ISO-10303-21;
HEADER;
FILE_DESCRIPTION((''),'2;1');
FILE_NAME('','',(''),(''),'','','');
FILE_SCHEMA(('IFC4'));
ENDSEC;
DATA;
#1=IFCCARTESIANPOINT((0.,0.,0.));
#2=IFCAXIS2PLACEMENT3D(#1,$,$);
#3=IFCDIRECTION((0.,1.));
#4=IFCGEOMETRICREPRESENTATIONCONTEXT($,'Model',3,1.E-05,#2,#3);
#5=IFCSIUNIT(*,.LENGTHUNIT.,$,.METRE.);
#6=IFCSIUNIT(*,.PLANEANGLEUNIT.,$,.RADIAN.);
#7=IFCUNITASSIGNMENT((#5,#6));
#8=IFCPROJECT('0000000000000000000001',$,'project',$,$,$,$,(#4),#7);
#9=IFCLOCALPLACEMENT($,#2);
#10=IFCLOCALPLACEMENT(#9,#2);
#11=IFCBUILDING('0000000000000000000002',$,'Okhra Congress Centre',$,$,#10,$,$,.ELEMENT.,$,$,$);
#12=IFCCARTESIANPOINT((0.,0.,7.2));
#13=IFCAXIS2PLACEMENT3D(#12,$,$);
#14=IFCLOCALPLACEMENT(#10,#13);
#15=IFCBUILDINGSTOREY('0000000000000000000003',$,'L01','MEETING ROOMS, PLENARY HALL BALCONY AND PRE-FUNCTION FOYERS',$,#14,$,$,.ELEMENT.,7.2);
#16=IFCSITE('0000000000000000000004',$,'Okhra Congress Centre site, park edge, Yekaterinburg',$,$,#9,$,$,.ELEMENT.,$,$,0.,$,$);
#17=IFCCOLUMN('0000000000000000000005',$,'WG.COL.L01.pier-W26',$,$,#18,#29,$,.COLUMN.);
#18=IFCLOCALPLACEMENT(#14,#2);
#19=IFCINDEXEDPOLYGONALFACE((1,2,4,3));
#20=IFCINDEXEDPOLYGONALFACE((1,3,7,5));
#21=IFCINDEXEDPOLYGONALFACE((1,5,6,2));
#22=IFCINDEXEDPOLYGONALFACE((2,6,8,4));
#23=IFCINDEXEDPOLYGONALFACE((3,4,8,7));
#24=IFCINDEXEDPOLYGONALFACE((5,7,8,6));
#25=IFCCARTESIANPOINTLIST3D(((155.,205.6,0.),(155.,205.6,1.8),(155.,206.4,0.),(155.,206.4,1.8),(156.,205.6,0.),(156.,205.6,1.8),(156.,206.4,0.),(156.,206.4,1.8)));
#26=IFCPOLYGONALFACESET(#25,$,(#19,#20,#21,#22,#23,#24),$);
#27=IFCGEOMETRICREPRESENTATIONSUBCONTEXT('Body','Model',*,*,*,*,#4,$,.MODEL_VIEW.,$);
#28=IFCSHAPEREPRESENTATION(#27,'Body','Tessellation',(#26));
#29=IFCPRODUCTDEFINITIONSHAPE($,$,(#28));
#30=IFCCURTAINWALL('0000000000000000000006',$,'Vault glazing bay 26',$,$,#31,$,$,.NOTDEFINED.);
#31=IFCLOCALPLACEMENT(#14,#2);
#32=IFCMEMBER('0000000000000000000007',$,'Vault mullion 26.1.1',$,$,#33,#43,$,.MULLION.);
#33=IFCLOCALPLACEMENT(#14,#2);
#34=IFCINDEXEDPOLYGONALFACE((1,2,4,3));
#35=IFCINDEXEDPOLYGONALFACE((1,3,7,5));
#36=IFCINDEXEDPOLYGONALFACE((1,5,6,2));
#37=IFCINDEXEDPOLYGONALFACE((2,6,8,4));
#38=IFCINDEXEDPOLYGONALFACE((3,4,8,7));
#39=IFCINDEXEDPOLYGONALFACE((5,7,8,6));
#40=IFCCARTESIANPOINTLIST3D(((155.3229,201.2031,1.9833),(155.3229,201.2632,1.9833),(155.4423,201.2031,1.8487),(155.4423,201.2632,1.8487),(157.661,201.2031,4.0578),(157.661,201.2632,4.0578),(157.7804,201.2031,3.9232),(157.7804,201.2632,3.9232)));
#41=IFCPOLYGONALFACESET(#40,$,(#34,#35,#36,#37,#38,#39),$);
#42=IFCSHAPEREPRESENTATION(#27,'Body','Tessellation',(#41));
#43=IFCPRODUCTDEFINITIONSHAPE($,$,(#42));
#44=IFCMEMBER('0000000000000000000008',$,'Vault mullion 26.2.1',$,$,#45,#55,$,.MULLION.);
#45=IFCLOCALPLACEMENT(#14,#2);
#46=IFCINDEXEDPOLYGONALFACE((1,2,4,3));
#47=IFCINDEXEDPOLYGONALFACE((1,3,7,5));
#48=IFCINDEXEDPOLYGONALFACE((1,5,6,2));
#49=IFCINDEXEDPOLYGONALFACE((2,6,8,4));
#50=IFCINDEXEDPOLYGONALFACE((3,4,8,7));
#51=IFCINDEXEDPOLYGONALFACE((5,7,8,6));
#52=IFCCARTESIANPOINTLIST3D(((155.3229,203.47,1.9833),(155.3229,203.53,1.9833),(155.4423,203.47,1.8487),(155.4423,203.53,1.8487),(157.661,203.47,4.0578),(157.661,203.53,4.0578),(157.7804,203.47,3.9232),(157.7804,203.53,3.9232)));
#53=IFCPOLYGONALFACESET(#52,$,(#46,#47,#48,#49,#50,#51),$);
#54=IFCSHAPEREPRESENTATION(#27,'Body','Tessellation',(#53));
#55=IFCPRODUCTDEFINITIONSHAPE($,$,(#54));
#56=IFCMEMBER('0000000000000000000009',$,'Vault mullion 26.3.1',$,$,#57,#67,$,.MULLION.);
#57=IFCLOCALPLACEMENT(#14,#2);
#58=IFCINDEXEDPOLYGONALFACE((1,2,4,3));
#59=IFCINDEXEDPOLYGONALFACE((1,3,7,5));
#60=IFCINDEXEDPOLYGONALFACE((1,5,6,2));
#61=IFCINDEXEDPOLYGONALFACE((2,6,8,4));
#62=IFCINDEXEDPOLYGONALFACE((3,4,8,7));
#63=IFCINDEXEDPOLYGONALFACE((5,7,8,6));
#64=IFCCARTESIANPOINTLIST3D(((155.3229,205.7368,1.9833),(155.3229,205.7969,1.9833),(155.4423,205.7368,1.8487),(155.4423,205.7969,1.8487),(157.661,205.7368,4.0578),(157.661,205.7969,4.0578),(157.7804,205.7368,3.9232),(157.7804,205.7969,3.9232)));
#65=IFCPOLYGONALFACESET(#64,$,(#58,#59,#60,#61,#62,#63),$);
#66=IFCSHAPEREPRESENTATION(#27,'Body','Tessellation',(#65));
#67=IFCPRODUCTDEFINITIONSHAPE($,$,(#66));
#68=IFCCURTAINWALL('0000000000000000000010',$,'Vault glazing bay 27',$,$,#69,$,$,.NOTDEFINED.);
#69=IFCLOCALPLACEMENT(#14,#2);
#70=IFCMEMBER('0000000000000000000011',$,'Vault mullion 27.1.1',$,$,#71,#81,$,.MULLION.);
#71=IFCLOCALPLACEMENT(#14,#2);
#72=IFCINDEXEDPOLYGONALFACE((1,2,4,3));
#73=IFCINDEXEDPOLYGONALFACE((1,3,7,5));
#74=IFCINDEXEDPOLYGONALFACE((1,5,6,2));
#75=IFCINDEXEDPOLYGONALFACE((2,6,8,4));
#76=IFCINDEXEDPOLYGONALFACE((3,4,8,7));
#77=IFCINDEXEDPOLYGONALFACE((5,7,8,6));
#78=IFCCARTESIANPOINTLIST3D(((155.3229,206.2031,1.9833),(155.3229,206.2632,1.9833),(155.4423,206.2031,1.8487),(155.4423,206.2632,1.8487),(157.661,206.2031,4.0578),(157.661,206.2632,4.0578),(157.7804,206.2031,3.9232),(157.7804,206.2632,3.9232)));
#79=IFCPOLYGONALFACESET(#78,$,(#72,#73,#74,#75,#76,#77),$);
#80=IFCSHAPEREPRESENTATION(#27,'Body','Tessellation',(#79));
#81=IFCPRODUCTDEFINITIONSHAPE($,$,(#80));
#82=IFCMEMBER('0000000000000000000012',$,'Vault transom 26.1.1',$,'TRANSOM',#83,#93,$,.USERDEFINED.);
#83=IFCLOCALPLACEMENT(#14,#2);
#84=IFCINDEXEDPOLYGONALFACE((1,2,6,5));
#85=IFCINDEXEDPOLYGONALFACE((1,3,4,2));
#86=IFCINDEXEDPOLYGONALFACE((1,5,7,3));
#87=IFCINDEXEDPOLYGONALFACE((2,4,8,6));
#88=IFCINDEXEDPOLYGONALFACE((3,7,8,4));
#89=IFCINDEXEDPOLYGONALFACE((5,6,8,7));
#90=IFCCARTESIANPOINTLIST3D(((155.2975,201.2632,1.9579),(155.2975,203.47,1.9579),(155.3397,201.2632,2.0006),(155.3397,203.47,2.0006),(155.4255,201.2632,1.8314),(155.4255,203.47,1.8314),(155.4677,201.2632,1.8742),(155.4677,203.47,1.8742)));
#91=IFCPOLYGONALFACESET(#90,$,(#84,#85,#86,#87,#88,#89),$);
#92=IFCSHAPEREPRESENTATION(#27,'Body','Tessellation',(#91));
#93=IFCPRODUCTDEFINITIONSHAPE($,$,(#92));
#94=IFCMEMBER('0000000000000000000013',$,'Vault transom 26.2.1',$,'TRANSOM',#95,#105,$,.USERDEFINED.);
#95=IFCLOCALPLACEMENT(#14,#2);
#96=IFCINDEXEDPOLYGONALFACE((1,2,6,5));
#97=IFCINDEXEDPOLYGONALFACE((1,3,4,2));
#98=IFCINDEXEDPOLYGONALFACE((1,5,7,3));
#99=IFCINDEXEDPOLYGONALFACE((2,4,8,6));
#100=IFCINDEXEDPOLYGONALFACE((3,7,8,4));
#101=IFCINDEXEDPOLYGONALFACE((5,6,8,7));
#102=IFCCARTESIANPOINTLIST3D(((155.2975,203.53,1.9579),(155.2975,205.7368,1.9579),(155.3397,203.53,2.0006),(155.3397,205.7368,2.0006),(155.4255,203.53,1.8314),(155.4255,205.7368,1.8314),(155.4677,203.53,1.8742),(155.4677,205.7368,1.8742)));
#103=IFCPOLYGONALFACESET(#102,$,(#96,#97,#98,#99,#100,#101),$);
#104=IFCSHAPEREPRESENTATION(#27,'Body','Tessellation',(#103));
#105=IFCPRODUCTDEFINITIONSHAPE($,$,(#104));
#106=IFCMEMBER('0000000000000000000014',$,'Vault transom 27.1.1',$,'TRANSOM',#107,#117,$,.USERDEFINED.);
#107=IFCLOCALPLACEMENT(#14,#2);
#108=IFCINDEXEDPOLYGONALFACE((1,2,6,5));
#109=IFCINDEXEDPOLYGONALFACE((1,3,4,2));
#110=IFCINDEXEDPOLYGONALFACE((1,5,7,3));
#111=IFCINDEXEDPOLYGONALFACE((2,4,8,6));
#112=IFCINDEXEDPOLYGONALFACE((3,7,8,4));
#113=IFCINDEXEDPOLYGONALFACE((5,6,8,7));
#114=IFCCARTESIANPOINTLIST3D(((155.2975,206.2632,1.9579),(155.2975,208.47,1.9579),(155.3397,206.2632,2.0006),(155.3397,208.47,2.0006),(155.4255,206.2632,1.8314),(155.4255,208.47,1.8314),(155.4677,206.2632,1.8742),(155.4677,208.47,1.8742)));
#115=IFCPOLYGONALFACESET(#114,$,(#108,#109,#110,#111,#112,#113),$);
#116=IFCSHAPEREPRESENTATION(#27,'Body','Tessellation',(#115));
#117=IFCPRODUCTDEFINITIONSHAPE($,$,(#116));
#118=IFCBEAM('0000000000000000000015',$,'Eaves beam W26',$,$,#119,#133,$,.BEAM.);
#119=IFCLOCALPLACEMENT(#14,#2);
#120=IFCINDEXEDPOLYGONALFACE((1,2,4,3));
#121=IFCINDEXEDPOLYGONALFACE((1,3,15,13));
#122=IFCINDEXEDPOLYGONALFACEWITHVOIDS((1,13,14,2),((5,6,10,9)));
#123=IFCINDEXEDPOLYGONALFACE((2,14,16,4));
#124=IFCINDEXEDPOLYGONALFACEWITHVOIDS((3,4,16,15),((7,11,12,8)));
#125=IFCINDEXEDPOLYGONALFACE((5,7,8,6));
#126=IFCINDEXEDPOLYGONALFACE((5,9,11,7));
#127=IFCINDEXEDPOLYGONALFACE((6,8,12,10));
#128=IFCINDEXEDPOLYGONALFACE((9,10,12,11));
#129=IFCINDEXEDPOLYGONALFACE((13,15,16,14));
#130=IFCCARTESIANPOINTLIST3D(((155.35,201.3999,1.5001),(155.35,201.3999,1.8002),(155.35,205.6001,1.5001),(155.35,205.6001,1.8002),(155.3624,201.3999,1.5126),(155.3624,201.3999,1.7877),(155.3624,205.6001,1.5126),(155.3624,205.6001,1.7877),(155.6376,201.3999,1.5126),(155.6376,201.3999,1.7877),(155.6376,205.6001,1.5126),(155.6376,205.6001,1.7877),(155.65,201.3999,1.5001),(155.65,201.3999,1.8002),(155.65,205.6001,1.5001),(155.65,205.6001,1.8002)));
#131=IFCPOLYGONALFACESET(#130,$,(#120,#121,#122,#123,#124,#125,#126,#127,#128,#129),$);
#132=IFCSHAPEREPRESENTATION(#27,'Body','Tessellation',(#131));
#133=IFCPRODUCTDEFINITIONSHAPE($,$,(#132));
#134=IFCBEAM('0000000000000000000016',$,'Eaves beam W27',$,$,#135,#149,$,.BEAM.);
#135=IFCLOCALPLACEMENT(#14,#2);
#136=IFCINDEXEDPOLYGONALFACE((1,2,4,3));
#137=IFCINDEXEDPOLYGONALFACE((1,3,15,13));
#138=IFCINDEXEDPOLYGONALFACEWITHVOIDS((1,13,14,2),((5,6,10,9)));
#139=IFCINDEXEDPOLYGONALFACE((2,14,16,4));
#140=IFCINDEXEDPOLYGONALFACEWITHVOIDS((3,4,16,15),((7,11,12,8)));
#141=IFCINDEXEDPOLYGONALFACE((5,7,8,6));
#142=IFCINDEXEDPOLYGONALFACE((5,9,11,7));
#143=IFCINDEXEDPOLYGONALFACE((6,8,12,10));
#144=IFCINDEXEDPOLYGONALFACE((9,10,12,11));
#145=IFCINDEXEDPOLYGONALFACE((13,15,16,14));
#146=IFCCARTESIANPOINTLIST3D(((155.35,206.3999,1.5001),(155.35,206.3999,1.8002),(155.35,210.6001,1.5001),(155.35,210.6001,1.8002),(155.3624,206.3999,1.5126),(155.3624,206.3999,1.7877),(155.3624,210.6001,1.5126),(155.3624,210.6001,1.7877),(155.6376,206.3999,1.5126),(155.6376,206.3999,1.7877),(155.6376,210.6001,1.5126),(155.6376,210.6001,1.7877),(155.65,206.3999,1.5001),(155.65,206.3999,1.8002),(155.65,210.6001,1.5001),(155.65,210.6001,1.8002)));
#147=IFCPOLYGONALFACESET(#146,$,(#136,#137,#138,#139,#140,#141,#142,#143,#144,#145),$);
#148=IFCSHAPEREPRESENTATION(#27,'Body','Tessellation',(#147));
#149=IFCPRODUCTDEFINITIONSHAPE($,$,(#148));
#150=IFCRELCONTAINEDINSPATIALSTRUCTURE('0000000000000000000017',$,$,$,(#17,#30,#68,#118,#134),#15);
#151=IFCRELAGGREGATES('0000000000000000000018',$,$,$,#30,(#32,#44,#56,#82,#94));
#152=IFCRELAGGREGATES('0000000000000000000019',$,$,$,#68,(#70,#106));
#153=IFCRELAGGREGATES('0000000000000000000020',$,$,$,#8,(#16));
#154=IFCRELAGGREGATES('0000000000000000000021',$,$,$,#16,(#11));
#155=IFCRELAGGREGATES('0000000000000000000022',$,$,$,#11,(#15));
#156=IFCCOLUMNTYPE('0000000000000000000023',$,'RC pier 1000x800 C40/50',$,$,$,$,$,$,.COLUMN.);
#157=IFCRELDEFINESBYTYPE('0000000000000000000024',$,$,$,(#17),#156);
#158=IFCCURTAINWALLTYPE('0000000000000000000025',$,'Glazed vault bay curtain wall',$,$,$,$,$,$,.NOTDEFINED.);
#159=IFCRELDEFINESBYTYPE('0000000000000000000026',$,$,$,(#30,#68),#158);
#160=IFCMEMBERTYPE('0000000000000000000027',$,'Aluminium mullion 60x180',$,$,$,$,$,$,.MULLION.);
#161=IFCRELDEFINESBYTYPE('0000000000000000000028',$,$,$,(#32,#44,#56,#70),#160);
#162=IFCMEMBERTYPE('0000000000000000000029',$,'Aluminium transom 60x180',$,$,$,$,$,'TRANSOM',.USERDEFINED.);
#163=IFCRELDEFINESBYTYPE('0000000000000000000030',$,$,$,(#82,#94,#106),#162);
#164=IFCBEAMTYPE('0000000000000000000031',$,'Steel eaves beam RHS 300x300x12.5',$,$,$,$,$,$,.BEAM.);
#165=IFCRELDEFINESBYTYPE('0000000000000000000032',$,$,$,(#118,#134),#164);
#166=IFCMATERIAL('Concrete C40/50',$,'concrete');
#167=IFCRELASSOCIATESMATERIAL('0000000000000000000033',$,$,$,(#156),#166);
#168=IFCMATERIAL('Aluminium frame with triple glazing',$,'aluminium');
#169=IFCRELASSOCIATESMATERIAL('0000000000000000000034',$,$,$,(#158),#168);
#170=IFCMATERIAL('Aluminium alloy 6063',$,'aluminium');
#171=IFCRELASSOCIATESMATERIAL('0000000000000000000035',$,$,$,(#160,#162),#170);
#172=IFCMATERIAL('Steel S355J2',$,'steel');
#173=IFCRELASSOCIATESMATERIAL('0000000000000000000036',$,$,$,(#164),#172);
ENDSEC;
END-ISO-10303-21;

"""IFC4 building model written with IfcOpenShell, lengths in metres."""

from ifc_helpers import new_model, si_unit, direction, frame, origin, origin_2d, place, context, subcontext, project, spatial, rectangle, hollow_rectangle, extrude, material, material_profile, profile_set, type_object, element, aggregate, save


model = new_model("IFC4")

# Units and contexts
model_context = context("Model", 3, precision=1e-05, world=origin(), true_north=direction((0.0, 1.0)))
body_context = subcontext(model_context, "Body", "Model", "MODEL_VIEW")
ifc_project = project(units=[si_unit("LENGTHUNIT", "METRE"), si_unit("PLANEANGLEUNIT", "RADIAN")], contexts=[model_context])

# Site, building, storey
site_placement = place(None, origin())
site = spatial("IfcSite", under=ifc_project, at=site_placement, Name="Okhra Congress Centre site, park edge, Yekaterinburg", CompositionType="ELEMENT", RefElevation=0.0)
building_placement = place(site_placement, origin())
building = spatial("IfcBuilding", under=site, at=building_placement, Name="Okhra Congress Centre", CompositionType="ELEMENT")
storey_placement = place(building_placement, frame((0.0, 0.0, 7.2)))
storey = spatial("IfcBuildingStorey", under=building, at=storey_placement, Name="L01", Description="MEETING ROOMS, PLENARY HALL BALCONY AND PRE-FUNCTION FOYERS", CompositionType="ELEMENT", Elevation=7.2)

# Column
ifc_material_1 = material(Name="Concrete C40/50", Category="concrete")
ifc_material_profile_1 = material_profile(ifc_material_1, rectangle(XDim=1.0, YDim=0.8, at=origin_2d()), Name="RC 1000x800")
ifc_profile_set_1 = profile_set([ifc_material_profile_1], Name="Concrete C40/50")
column_type = type_object("IfcColumnType", Name="RC pier 1000x800 C40/50", PredefinedType="COLUMN", material=ifc_profile_set_1)
column_placement = place(storey_placement, frame((155.5, 206.0, 0.0), z_axis=(0.0, 0.0, 1.0), x_axis=(1.0, 0.0, 0.0)))
element("IfcColumn", 1, at=column_placement, inside=storey, type_object=column_type, Name="WG.COL.L01.pier-W26", PredefinedType="COLUMN", context=body_context, shape_type="SweptSolid", body=[
    extrude(rectangle(XDim=1.0, YDim=0.8, at=origin_2d()), origin(), (0.0, 0.0, 1.0), 1.8),
])

# Curtain wall, members
ifc_material_2 = material(Name="Aluminium frame with triple glazing", Category="aluminium")
curtain_wall_type = type_object("IfcCurtainWallType", Name="Glazed vault bay curtain wall", PredefinedType="NOTDEFINED", material=ifc_material_2)
curtain_wall_1_placement = place(storey_placement, origin())
curtain_wall_1 = element("IfcCurtainWall", 2, at=curtain_wall_1_placement, inside=storey, type_object=curtain_wall_type, Name="Vault glazing bay 26", PredefinedType="NOTDEFINED")
ifc_material_3 = material(Name="Aluminium alloy 6063", Category="aluminium")
ifc_material_profile_2 = material_profile(ifc_material_3, rectangle(XDim=0.0601, YDim=0.1799, at=origin_2d()), Name="AL 60x180")
ifc_profile_set_2 = profile_set([ifc_material_profile_2], Name="Aluminium alloy 6063")
member_type_1 = type_object("IfcMemberType", Name="Aluminium mullion 60x180", PredefinedType="MULLION", material=ifc_profile_set_2)
member_1_placement = place(storey_placement, frame((155.3826, 201.2332, 1.916), z_axis=(0.748025, 0.0, 0.66367), x_axis=(0.0, 1.0, 0.0)))
member_1 = element("IfcMember", 3, at=member_1_placement, type_object=member_type_1, Name="Vault mullion 26.1.1", PredefinedType="MULLION", context=body_context, shape_type="SweptSolid", body=[
    extrude(rectangle(XDim=0.0601, YDim=0.1799, at=origin_2d()), origin(), (0.0, 0.0, 1.0), 3.1257),
])
member_2_placement = place(storey_placement, frame((155.3826, 203.5, 1.916), z_axis=(0.748025, 0.0, 0.66367), x_axis=(0.0, 1.0, 0.0)))
member_2 = element("IfcMember", 4, at=member_2_placement, type_object=member_type_1, Name="Vault mullion 26.2.1", PredefinedType="MULLION", context=body_context, shape_type="SweptSolid", body=[
    extrude(rectangle(XDim=0.0601, YDim=0.1799, at=origin_2d()), origin(), (0.0, 0.0, 1.0), 3.1257),
])
member_3_placement = place(storey_placement, frame((155.3826, 205.7668, 1.916), z_axis=(0.748025, 0.0, 0.66367), x_axis=(0.0, 1.0, 0.0)))
member_3 = element("IfcMember", 5, at=member_3_placement, type_object=member_type_1, Name="Vault mullion 26.3.1", PredefinedType="MULLION", context=body_context, shape_type="SweptSolid", body=[
    extrude(rectangle(XDim=0.0601, YDim=0.1799, at=origin_2d()), origin(), (0.0, 0.0, 1.0), 3.1257),
])

# Curtain wall, member
curtain_wall_2_placement = place(storey_placement, origin())
curtain_wall_2 = element("IfcCurtainWall", 6, at=curtain_wall_2_placement, inside=storey, type_object=curtain_wall_type, Name="Vault glazing bay 27", PredefinedType="NOTDEFINED")
member_4_placement = place(storey_placement, frame((155.3826, 206.2332, 1.916), z_axis=(0.748025, 0.0, 0.66367), x_axis=(0.0, 1.0, 0.0)))
member_4 = element("IfcMember", 7, at=member_4_placement, type_object=member_type_1, Name="Vault mullion 27.1.1", PredefinedType="MULLION", context=body_context, shape_type="SweptSolid", body=[
    extrude(rectangle(XDim=0.0601, YDim=0.1799, at=origin_2d()), origin(), (0.0, 0.0, 1.0), 3.1257),
])

# Members
ifc_material_profile_3 = material_profile(ifc_material_3, rectangle(XDim=0.0601, YDim=0.1799, at=origin_2d()), Name="AL 60x180 transom")
ifc_profile_set_3 = profile_set([ifc_material_profile_3], Name="Aluminium alloy 6063")
member_type_2 = type_object("IfcMemberType", Name="Aluminium transom 60x180", ElementType="TRANSOM", PredefinedType="USERDEFINED", material=ifc_profile_set_3)
member_5_placement = place(storey_placement, frame((155.3826, 201.2632, 1.916), z_axis=(0.0, 1.0, 0.0), x_axis=(-0.702636, 0.0, -0.711549)))
member_5 = element("IfcMember", 8, at=member_5_placement, type_object=member_type_2, Name="Vault transom 26.1.1", ObjectType="TRANSOM", PredefinedType="USERDEFINED", context=body_context, shape_type="SweptSolid", body=[
    extrude(rectangle(XDim=0.0601, YDim=0.1799, at=origin_2d()), origin(), (0.0, 0.0, 1.0), 2.2068),
])
member_6_placement = place(storey_placement, frame((155.3826, 203.53, 1.916), z_axis=(0.0, 1.0, 0.0), x_axis=(-0.702636, 0.0, -0.711549)))
member_6 = element("IfcMember", 9, at=member_6_placement, type_object=member_type_2, Name="Vault transom 26.2.1", ObjectType="TRANSOM", PredefinedType="USERDEFINED", context=body_context, shape_type="SweptSolid", body=[
    extrude(rectangle(XDim=0.0601, YDim=0.1799, at=origin_2d()), origin(), (0.0, 0.0, 1.0), 2.2068),
])
member_7_placement = place(storey_placement, frame((155.3826, 206.2632, 1.916), z_axis=(0.0, 1.0, 0.0), x_axis=(-0.702636, 0.0, -0.711549)))
member_7 = element("IfcMember", 10, at=member_7_placement, type_object=member_type_2, Name="Vault transom 27.1.1", ObjectType="TRANSOM", PredefinedType="USERDEFINED", context=body_context, shape_type="SweptSolid", body=[
    extrude(rectangle(XDim=0.0601, YDim=0.1799, at=origin_2d()), origin(), (0.0, 0.0, 1.0), 2.2068),
])

# Beams
ifc_material_4 = material(Name="Steel S355J2", Category="steel")
ifc_material_profile_4 = material_profile(ifc_material_4, hollow_rectangle(XDim=0.3, YDim=0.3, WallThickness=0.0125, at=origin_2d()), Name="RHS 300x300x12.5")
ifc_profile_set_4 = profile_set([ifc_material_profile_4], Name="Steel S355J2")
beam_type = type_object("IfcBeamType", Name="Steel eaves beam RHS 300x300x12.5", PredefinedType="BEAM", material=ifc_profile_set_4)
for number, where, z_axis, x_axis, name in (
    (11, (155.5, 201.3999, 1.6501), (0.0, 1.0, 0.0), (-1.0, 0.0, 0.0), "Eaves beam W26"),
    (12, (155.5, 206.3999, 1.6501), (0.0, 1.0, 0.0), (-1.0, 0.0, 0.0), "Eaves beam W27"),
):
    element("IfcBeam", number, at=place(storey_placement, frame(where, z_axis=z_axis, x_axis=x_axis)), inside=storey, type_object=beam_type, Name=name, PredefinedType="BEAM", context=body_context, shape_type="SweptSolid", body=[
        extrude(hollow_rectangle(XDim=0.3, YDim=0.3, WallThickness=0.0125, at=origin_2d()), origin(), (0.0, 0.0, 1.0), 4.2002),
    ])

aggregate(curtain_wall_1, [member_1, member_2, member_3, member_5, member_6])
aggregate(curtain_wall_2, [member_4, member_7])

save(model, "model.ifc")
